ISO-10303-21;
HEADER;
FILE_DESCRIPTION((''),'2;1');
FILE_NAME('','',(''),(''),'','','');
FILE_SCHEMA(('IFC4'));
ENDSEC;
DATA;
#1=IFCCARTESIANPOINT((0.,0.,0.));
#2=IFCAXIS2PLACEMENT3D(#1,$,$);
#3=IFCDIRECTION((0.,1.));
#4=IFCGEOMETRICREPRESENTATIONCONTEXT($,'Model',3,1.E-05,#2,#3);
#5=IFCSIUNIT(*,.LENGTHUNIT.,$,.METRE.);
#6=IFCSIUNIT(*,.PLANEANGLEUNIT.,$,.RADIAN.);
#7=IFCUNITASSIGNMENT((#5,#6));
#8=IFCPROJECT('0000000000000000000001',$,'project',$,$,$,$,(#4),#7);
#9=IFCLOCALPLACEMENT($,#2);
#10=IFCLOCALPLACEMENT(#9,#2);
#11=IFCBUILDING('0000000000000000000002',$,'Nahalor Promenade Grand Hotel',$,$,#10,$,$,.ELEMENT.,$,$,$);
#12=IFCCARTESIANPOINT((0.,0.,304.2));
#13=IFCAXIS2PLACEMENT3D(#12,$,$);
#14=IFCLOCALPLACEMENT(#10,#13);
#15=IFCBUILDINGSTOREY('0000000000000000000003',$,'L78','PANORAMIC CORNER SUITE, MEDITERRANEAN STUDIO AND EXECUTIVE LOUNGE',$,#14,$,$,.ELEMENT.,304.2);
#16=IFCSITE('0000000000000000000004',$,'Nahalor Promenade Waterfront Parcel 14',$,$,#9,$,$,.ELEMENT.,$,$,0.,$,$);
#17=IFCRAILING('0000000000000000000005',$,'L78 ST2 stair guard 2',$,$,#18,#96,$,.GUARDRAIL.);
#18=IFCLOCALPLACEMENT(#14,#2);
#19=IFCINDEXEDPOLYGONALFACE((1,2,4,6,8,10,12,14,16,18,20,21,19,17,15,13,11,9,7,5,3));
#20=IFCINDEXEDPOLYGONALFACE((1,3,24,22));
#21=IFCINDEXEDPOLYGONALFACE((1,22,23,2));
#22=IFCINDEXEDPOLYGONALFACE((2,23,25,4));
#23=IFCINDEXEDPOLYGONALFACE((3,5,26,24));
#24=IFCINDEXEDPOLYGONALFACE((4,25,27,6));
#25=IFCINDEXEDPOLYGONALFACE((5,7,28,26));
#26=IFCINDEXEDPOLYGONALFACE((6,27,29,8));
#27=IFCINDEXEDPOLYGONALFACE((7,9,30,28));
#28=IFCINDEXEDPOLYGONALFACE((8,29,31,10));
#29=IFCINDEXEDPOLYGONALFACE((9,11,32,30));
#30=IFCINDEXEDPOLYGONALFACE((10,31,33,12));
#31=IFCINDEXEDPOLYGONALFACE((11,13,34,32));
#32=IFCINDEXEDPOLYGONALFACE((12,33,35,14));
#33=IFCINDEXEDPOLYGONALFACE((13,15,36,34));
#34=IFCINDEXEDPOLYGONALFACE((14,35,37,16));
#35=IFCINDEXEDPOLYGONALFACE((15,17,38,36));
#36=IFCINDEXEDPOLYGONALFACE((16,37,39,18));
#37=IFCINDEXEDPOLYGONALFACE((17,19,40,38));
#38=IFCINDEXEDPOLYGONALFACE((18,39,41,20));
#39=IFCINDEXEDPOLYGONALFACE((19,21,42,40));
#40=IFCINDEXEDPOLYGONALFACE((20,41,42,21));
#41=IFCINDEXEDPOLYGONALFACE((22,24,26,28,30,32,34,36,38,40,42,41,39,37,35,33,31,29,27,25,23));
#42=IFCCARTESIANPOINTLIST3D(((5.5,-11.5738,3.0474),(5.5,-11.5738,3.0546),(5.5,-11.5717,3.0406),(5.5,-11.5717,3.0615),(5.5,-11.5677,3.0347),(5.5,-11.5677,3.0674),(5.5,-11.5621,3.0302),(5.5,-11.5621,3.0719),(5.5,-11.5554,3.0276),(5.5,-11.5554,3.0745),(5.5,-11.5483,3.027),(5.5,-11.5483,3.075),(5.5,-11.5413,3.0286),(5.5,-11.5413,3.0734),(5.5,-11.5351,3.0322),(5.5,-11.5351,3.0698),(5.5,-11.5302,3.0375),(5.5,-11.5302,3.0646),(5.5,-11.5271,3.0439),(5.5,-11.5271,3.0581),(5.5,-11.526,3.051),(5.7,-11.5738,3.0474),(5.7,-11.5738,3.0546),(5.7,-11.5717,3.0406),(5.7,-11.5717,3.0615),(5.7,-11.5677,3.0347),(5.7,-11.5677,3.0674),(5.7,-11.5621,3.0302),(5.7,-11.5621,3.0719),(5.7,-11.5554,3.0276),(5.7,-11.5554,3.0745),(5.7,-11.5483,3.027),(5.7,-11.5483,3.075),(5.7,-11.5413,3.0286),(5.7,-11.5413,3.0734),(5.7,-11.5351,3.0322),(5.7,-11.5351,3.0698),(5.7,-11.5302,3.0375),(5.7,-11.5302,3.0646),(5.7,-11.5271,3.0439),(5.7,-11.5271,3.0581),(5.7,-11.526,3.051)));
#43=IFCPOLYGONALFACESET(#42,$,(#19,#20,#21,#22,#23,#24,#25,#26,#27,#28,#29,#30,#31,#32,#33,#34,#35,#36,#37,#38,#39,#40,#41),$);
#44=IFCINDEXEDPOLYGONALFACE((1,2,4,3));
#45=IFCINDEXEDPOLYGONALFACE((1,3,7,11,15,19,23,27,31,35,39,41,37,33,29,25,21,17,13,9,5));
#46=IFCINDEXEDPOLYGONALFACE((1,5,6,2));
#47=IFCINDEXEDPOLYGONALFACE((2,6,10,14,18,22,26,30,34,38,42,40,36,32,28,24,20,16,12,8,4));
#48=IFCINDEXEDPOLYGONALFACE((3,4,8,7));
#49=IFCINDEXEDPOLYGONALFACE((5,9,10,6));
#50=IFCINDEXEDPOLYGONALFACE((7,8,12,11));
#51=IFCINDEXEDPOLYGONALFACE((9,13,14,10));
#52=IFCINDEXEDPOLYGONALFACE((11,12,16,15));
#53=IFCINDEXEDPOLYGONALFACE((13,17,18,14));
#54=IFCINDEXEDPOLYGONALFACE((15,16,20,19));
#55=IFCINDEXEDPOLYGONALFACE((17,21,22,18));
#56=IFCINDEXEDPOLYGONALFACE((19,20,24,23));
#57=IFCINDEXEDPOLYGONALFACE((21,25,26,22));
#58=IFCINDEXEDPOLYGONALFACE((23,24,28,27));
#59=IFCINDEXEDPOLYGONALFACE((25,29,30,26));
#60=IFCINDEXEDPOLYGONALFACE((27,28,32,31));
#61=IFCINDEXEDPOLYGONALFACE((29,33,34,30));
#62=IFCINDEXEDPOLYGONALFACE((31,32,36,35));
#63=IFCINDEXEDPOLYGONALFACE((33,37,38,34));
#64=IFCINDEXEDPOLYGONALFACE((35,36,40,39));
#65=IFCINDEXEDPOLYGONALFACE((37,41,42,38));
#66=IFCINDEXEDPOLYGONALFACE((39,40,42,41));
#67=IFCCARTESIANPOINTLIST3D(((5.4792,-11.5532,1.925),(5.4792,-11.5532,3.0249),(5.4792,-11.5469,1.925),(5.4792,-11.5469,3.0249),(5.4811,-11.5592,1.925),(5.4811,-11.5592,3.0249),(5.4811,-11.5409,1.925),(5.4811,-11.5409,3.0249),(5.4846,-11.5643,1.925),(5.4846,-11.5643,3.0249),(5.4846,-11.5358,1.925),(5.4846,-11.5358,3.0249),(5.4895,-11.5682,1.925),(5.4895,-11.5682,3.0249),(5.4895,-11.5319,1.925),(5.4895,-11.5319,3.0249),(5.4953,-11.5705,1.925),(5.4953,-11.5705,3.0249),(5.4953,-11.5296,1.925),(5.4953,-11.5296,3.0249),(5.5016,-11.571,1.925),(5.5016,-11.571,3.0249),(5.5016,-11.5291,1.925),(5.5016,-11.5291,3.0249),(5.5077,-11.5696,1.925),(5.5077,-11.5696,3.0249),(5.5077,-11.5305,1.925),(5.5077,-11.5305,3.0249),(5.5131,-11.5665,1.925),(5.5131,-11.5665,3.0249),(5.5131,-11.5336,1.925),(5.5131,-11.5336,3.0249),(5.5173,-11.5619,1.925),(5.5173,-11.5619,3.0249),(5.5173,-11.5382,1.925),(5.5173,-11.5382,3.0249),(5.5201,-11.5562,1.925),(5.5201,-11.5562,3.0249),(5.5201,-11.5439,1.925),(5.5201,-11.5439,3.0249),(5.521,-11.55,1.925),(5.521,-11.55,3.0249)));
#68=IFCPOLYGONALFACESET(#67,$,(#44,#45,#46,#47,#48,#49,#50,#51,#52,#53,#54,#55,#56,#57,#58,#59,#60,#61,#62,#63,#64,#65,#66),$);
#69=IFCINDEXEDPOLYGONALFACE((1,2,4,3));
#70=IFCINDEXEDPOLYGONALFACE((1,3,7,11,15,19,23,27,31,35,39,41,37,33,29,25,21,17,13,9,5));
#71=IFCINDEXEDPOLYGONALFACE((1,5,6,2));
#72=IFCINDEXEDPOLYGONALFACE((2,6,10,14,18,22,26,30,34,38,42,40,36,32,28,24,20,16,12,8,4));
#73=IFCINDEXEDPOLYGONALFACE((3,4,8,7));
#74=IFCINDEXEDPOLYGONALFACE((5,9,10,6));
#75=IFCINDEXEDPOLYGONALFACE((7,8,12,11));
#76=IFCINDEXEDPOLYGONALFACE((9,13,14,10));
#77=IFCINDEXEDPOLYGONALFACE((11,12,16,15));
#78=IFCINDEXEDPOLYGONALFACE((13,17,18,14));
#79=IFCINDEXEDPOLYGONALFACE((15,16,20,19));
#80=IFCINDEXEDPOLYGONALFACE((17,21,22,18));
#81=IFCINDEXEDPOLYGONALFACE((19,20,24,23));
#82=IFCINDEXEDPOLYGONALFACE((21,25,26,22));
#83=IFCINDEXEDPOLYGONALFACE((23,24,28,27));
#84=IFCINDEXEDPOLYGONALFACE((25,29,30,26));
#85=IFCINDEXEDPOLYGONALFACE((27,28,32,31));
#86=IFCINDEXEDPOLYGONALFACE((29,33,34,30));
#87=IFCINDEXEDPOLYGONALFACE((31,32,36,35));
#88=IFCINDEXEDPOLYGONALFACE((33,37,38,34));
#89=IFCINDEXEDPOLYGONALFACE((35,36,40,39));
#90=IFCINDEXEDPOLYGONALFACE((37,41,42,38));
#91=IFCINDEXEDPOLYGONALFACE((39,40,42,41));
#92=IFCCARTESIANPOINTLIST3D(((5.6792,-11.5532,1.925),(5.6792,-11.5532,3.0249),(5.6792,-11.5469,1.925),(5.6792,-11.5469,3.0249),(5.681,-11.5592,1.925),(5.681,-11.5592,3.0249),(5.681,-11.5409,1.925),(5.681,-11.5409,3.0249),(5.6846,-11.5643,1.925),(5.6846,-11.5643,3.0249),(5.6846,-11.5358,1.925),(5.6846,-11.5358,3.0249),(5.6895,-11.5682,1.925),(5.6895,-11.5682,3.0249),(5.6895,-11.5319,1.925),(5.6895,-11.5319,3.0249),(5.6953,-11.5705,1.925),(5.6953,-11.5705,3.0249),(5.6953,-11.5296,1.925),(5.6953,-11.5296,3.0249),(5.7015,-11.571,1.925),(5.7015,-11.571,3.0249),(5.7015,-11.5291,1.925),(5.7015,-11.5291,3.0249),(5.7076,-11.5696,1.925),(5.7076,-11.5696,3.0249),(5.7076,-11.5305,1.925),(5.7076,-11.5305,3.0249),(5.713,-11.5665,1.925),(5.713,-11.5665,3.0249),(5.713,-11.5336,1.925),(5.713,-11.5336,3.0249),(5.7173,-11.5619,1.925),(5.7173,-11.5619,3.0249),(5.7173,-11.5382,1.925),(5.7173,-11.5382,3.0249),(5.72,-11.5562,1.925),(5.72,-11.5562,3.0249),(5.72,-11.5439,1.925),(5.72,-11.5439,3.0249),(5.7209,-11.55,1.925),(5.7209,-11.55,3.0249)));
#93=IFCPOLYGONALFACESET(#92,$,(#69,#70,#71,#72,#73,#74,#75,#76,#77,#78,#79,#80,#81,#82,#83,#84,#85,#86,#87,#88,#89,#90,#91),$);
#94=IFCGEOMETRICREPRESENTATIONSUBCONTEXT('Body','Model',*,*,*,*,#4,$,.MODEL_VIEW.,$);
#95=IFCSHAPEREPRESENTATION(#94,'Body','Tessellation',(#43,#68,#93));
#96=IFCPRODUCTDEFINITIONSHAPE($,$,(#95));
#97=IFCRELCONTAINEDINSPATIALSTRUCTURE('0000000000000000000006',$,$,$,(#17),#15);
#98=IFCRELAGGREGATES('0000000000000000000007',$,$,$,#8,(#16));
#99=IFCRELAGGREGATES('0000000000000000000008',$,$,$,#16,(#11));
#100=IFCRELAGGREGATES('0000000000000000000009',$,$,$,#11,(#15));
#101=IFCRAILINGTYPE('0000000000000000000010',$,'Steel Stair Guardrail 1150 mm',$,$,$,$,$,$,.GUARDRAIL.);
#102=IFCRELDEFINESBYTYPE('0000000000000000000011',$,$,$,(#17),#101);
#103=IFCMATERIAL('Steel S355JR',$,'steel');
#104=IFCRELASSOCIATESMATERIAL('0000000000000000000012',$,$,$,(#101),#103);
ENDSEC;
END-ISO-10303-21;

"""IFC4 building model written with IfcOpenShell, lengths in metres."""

from ifc_helpers import new_model, si_unit, direction, frame, origin, origin_2d, place, context, subcontext, project, spatial, circle, extrude, material, type_object, element, save


model = new_model("IFC4")

# Units and contexts
model_context = context("Model", 3, precision=1e-05, world=origin(), true_north=direction((0.0, 1.0)))
body_context = subcontext(model_context, "Body", "Model", "MODEL_VIEW")
ifc_project = project(units=[si_unit("LENGTHUNIT", "METRE"), si_unit("PLANEANGLEUNIT", "RADIAN")], contexts=[model_context])

# Site, building, storey
site_placement = place(None, origin())
site = spatial("IfcSite", under=ifc_project, at=site_placement, Name="Nahalor Promenade Waterfront Parcel 14", CompositionType="ELEMENT", RefElevation=0.0)
building_placement = place(site_placement, origin())
building = spatial("IfcBuilding", under=site, at=building_placement, Name="Nahalor Promenade Grand Hotel", CompositionType="ELEMENT")
storey_placement = place(building_placement, frame((0.0, 0.0, 304.2)))
storey = spatial("IfcBuildingStorey", under=building, at=storey_placement, Name="L78", Description="PANORAMIC CORNER SUITE, MEDITERRANEAN STUDIO AND EXECUTIVE LOUNGE", CompositionType="ELEMENT", Elevation=304.2)

# Shared definitions
ifc_material_1 = material(Name="Steel S355JR", Category="steel")

# Railing
railing_type_1 = type_object("IfcRailingType", Name="Steel Stair Guardrail 1150 mm", PredefinedType="GUARDRAIL", material=ifc_material_1)
railing_1_placement = place(storey_placement, frame((5.5, -11.55, 1.925)))
element("IfcRailing", 1, at=railing_1_placement, inside=storey, type_object=railing_type_1, Name="L78 ST2 stair guard 2", PredefinedType="GUARDRAIL", context=body_context, shape_type="SweptSolid", body=[
    extrude(circle(Radius=0.024, at=origin_2d()), frame((0.0, 0.0, 1.126), z_axis=(1.0, 0.0, 0.0), x_axis=(0.0, 1.0, 0.0)), (0.0, 0.0, 1.0), 0.2),
    extrude(circle(Radius=0.021, at=origin_2d()), origin(), (0.0, 0.0, 1.0), 1.0999),
    extrude(circle(Radius=0.021, at=origin_2d()), frame((0.2, 0.0, 0.0)), (0.0, 0.0, 1.0), 1.0999),
])

save(model, "model.ifc")
